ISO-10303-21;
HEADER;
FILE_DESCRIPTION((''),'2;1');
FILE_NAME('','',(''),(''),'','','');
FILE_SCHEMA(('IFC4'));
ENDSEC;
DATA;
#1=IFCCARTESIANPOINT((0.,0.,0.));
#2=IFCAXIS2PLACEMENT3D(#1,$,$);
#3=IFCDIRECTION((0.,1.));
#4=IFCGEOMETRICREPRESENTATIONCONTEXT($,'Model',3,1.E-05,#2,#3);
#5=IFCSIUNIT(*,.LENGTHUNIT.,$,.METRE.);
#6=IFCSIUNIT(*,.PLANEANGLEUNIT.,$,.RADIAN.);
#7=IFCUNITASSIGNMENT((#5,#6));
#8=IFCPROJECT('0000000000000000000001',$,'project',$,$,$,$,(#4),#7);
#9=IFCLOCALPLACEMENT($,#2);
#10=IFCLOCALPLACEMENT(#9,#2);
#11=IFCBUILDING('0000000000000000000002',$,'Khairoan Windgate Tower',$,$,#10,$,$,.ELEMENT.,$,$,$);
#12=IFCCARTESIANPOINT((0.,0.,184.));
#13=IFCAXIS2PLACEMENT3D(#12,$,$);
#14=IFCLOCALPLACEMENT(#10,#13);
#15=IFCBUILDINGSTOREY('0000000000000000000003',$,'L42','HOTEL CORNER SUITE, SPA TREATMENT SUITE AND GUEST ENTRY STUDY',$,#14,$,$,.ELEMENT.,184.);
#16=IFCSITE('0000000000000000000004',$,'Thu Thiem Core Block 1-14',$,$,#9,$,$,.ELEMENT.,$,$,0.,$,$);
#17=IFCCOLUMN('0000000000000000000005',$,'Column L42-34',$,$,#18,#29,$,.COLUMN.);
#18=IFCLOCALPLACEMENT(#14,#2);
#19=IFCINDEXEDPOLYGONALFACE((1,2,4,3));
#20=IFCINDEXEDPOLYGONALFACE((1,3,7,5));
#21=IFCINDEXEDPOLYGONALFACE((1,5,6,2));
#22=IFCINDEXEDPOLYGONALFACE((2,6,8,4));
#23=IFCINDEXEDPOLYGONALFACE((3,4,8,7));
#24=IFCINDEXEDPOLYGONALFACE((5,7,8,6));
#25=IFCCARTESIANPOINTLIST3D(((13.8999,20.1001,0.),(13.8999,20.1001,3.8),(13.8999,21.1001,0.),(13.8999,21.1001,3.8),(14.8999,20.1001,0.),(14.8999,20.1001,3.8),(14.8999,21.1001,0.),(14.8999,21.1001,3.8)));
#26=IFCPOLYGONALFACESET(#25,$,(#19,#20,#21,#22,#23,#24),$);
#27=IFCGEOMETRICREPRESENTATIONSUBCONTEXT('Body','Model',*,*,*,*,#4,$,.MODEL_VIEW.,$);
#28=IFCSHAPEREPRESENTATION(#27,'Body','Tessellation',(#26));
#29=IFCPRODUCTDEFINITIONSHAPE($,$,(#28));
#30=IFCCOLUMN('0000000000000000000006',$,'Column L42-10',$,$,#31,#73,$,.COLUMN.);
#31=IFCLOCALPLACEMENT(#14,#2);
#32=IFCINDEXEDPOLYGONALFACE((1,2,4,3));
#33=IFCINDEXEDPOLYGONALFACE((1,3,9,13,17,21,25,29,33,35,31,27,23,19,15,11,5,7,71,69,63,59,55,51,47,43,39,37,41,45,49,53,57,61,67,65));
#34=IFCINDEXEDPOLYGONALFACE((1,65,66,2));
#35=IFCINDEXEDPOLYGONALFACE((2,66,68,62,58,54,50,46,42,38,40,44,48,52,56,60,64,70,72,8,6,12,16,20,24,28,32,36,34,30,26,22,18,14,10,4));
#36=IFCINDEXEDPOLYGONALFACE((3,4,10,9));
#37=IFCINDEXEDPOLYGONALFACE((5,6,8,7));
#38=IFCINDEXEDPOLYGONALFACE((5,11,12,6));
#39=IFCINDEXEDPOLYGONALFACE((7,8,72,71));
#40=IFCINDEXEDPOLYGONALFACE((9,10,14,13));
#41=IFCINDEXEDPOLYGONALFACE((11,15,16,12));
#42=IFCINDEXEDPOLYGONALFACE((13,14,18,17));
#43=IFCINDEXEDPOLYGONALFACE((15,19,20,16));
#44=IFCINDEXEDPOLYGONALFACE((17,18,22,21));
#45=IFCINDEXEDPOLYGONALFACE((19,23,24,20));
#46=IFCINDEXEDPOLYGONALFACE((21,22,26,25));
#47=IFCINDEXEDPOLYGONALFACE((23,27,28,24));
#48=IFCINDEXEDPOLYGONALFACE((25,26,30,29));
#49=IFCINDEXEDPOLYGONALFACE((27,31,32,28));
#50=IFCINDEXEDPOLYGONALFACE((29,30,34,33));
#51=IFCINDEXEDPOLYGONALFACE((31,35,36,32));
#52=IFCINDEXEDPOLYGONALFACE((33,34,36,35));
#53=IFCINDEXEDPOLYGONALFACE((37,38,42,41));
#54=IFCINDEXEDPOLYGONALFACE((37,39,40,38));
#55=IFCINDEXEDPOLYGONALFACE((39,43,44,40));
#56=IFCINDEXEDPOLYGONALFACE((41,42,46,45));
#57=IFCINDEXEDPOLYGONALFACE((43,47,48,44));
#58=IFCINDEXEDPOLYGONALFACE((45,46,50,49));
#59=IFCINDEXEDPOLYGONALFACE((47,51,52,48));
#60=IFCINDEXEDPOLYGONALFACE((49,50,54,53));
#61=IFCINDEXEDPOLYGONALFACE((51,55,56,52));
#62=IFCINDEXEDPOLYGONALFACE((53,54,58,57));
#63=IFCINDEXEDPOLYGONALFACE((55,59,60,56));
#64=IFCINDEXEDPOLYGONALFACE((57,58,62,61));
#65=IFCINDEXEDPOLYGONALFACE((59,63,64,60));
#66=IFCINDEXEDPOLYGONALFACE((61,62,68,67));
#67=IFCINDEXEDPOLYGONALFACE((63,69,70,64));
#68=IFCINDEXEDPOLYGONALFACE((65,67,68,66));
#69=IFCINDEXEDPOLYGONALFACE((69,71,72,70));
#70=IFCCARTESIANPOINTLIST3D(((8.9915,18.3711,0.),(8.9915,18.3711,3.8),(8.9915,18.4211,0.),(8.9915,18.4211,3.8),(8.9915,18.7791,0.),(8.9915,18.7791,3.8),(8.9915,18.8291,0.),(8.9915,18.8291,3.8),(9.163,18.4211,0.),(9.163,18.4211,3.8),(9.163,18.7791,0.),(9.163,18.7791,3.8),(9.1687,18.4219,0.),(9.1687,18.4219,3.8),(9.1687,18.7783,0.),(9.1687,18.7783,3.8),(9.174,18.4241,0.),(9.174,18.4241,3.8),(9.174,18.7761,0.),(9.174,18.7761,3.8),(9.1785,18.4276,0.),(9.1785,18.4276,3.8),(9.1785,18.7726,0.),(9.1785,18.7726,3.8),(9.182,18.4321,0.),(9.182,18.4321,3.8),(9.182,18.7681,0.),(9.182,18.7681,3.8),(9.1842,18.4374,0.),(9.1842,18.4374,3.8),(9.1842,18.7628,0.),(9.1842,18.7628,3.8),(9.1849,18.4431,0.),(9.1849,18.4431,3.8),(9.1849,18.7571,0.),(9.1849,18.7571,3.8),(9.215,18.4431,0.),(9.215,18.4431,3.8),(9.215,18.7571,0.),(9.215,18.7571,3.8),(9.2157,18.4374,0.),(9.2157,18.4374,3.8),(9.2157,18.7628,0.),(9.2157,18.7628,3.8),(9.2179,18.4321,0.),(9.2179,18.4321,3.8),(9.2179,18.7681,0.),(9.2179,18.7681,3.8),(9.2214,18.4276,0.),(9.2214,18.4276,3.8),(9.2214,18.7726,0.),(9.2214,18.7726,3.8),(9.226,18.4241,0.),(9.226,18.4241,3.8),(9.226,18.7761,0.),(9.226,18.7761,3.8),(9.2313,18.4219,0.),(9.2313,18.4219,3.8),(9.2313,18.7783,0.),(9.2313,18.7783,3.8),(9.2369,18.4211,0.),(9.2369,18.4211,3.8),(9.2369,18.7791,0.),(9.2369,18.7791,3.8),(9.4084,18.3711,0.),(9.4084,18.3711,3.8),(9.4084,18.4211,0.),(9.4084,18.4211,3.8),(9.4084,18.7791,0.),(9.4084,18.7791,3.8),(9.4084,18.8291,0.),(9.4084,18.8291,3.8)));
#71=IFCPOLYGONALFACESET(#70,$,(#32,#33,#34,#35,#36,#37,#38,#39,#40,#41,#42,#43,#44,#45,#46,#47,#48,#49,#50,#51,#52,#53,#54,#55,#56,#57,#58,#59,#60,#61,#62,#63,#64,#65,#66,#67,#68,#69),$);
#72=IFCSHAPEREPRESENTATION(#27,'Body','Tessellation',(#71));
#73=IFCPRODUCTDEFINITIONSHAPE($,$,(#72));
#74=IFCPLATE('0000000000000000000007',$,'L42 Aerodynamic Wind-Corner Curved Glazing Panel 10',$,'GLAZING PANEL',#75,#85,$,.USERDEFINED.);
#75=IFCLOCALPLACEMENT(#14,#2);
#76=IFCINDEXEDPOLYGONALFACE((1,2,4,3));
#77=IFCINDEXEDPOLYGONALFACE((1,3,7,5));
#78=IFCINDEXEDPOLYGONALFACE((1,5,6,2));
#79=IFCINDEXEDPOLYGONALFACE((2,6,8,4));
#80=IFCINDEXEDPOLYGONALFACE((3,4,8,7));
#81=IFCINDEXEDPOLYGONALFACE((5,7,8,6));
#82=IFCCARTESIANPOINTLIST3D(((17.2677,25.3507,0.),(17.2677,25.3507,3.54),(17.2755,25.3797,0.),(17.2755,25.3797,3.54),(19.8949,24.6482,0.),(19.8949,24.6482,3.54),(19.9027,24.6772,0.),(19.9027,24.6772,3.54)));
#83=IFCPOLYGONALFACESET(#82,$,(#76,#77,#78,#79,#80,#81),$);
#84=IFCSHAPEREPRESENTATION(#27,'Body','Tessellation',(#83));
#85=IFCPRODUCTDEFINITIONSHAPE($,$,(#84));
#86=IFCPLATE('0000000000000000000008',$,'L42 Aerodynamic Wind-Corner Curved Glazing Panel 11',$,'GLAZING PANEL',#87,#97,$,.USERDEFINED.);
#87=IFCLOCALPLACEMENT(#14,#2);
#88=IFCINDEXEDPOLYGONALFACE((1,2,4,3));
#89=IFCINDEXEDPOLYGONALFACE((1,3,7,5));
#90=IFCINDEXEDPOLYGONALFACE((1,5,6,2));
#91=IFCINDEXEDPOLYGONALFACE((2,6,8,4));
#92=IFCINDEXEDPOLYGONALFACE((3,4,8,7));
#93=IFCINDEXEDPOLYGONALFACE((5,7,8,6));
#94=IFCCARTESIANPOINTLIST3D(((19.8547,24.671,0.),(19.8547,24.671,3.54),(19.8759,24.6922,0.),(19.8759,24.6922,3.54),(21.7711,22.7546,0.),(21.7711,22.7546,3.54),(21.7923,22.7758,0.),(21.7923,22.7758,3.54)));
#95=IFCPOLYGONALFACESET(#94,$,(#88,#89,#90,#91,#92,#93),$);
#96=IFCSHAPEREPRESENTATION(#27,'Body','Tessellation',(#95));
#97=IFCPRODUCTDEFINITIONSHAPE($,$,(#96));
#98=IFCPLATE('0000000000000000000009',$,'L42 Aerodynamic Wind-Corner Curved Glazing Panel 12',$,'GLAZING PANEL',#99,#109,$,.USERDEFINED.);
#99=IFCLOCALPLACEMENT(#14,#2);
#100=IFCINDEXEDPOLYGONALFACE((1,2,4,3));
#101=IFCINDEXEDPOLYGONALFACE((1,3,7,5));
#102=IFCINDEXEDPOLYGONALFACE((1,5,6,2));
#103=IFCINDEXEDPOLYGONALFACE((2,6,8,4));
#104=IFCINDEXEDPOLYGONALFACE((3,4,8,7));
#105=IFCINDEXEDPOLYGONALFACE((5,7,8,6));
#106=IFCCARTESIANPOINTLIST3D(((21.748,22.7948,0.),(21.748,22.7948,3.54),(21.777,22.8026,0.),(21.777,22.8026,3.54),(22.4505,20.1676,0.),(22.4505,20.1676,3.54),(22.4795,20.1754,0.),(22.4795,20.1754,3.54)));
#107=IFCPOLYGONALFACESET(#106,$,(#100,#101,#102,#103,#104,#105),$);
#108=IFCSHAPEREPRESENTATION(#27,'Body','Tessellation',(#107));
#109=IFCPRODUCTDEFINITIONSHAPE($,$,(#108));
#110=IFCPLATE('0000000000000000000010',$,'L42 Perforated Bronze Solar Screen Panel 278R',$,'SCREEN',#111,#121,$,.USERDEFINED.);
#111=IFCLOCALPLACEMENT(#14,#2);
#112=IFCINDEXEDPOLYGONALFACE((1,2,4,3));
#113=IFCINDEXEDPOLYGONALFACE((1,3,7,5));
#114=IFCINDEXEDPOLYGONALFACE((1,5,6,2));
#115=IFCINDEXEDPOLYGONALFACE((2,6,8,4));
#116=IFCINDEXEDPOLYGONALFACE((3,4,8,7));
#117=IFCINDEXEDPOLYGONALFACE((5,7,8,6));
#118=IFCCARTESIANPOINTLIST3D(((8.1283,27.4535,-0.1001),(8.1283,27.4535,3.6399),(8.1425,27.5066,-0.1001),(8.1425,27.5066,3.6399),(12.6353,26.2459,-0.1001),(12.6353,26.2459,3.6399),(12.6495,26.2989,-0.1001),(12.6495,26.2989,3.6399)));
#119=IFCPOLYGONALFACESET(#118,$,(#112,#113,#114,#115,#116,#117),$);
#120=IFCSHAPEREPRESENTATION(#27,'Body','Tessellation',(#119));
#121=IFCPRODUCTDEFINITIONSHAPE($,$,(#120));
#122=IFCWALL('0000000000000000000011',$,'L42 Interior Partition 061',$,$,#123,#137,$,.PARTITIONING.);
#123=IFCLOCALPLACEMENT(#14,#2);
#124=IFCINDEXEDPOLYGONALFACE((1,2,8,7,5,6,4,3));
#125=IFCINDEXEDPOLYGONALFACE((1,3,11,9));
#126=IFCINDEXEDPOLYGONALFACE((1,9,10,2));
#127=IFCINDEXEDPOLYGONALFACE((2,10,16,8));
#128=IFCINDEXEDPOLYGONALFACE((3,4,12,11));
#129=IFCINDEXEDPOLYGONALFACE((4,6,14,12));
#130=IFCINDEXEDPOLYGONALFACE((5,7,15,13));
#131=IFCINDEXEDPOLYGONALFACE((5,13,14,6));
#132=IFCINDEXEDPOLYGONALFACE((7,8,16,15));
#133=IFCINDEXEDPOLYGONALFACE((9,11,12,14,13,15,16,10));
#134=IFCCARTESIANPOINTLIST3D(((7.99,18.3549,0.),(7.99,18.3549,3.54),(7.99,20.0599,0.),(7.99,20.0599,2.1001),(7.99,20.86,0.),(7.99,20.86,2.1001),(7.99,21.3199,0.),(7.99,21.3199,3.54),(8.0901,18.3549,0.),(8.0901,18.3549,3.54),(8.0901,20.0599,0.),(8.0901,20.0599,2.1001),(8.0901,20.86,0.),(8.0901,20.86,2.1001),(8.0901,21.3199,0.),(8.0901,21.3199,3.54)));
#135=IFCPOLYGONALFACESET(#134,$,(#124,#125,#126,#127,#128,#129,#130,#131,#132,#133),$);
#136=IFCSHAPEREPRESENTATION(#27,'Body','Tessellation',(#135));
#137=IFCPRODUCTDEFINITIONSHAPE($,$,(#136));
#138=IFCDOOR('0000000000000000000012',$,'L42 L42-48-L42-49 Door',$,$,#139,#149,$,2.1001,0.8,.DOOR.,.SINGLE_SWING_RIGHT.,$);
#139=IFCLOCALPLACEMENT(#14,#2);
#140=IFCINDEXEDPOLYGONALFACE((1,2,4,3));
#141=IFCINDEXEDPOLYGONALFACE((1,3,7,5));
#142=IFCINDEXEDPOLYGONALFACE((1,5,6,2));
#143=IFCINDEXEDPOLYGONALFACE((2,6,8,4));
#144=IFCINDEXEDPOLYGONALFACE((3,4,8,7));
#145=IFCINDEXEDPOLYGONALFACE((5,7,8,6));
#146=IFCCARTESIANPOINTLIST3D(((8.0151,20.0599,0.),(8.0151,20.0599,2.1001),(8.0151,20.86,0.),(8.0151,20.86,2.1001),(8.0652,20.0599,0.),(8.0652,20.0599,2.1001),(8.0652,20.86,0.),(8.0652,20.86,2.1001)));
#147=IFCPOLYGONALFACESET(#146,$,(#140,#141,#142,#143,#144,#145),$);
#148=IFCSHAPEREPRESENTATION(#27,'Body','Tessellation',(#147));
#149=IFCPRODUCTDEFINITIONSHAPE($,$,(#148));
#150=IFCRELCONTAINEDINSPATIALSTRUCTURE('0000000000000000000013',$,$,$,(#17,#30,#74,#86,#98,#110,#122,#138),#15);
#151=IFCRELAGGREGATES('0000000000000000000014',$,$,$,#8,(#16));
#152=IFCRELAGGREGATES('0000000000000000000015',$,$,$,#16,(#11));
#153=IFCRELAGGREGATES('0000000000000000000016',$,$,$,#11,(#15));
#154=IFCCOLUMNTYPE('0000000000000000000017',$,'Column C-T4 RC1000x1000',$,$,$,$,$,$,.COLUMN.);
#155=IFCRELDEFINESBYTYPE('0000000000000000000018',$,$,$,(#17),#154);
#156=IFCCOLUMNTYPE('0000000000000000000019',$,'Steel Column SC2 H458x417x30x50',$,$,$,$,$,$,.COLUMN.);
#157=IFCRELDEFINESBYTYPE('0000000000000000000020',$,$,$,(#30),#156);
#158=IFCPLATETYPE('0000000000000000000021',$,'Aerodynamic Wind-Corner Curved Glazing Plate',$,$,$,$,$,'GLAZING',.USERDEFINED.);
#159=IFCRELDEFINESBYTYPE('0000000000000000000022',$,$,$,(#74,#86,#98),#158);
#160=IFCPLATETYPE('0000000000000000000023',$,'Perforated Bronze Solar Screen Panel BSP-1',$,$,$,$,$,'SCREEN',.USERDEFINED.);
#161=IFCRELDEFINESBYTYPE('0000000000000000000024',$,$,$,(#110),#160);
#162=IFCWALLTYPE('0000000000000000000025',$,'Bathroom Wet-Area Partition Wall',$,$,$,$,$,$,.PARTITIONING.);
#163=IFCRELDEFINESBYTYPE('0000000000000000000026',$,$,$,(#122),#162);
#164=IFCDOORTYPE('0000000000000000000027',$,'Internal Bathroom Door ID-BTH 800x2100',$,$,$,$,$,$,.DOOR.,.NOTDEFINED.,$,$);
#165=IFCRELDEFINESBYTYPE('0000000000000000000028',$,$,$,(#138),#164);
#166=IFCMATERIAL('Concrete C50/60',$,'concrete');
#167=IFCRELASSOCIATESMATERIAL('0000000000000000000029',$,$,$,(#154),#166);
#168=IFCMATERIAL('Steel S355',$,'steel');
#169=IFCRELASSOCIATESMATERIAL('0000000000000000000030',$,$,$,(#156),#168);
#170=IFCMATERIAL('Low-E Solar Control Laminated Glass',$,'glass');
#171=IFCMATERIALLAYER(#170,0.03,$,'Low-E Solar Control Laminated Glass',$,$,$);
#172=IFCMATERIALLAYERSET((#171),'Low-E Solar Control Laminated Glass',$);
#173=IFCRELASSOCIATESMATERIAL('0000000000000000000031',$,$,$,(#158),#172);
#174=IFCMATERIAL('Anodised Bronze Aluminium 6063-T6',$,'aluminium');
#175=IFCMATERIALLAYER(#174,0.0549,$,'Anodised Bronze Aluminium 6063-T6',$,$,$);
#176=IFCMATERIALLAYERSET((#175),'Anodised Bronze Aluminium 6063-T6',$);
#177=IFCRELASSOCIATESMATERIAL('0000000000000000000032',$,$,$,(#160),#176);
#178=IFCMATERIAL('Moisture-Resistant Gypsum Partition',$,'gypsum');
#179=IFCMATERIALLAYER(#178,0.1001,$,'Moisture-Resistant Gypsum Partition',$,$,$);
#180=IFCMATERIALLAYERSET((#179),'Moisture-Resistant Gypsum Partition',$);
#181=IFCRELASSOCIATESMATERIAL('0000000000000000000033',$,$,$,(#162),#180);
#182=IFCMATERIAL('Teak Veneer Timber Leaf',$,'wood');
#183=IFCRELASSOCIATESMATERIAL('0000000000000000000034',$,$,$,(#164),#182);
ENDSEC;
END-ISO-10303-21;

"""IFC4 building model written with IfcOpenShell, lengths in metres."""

from ifc_helpers import new_model, si_unit, direction, frame, frame_2d, origin, origin_2d, place, context, subcontext, project, spatial, rectangle, i_section, extrude, material, layer, layer_set, material_profile, profile_set, type_object, element, fill, save


model = new_model("IFC4")

# Units and contexts
model_context = context("Model", 3, precision=1e-05, world=origin(), true_north=direction((0.0, 1.0)))
body_context = subcontext(model_context, "Body", "Model", "MODEL_VIEW")
ifc_project = project(units=[si_unit("LENGTHUNIT", "METRE"), si_unit("PLANEANGLEUNIT", "RADIAN")], contexts=[model_context])

# Site, building, storey
site_placement = place(None, origin())
site = spatial("IfcSite", under=ifc_project, at=site_placement, Name="Thu Thiem Core Block 1-14", CompositionType="ELEMENT", RefElevation=0.0)
building_placement = place(site_placement, origin())
building = spatial("IfcBuilding", under=site, at=building_placement, Name="Khairoan Windgate Tower", CompositionType="ELEMENT")
storey_placement = place(building_placement, frame((0.0, 0.0, 184.0)))
storey = spatial("IfcBuildingStorey", under=building, at=storey_placement, Name="L42", Description="HOTEL CORNER SUITE, SPA TREATMENT SUITE AND GUEST ENTRY STUDY", CompositionType="ELEMENT", Elevation=184.0)

# Columns
ifc_material_1 = material(Name="Concrete C50/60", Category="concrete")
ifc_material_profile_1 = material_profile(ifc_material_1, rectangle(XDim=1.0, YDim=1.0, at=origin_2d()))
ifc_profile_set_1 = profile_set([ifc_material_profile_1], Name="Concrete C50/60")
column_type_1 = type_object("IfcColumnType", Name="Column C-T4 RC1000x1000", PredefinedType="COLUMN", material=ifc_profile_set_1)
column_1_placement = place(storey_placement, frame((14.3999, 20.6001, 0.0), z_axis=(0.0, 0.0, 1.0), x_axis=(1.0, 0.0, 0.0)))
element("IfcColumn", 1, at=column_1_placement, inside=storey, type_object=column_type_1, Name="Column L42-34", PredefinedType="COLUMN", context=body_context, shape_type="SweptSolid", body=[
    extrude(rectangle(XDim=1.0, YDim=1.0, at=origin_2d()), origin(), (0.0, 0.0, 1.0), 3.8),
])
ifc_material_2 = material(Name="Steel S355", Category="steel")
ifc_material_profile_2 = material_profile(ifc_material_2, i_section(OverallWidth=0.417, OverallDepth=0.458, WebThickness=0.03, FlangeThickness=0.05, FilletRadius=0.022, at=origin_2d()))
ifc_profile_set_2 = profile_set([ifc_material_profile_2], Name="Steel S355")
column_type_2 = type_object("IfcColumnType", Name="Steel Column SC2 H458x417x30x50", PredefinedType="COLUMN", material=ifc_profile_set_2)
column_2_placement = place(storey_placement, frame((9.2, 18.6001, 0.0), z_axis=(0.0, 0.0, 1.0), x_axis=(1.0, 0.0, 0.0)))
element("IfcColumn", 2, at=column_2_placement, inside=storey, type_object=column_type_2, Name="Column L42-10", PredefinedType="COLUMN", context=body_context, shape_type="SweptSolid", body=[
    extrude(i_section(OverallWidth=0.417, OverallDepth=0.458, WebThickness=0.03, FlangeThickness=0.05, FilletRadius=0.022, at=origin_2d()), origin(), (0.0, 0.0, 1.0), 3.8),
])

# Plates
ifc_material_3 = material(Name="Low-E Solar Control Laminated Glass", Category="glass")
ifc_layer_1 = layer(ifc_material_3, 0.03, Name="Low-E Solar Control Laminated Glass")
ifc_layer_set_1 = layer_set([ifc_layer_1], Name="Low-E Solar Control Laminated Glass")
plate_type_1 = type_object("IfcPlateType", Name="Aerodynamic Wind-Corner Curved Glazing Plate", ElementType="GLAZING", PredefinedType="USERDEFINED", material=ifc_layer_set_1)
plate_1_placement = place(storey_placement, frame((18.5852, 25.0139, 0.0), z_axis=(0.0, 0.0, 1.0), x_axis=(0.966061, -0.258313, 0.0)))
element("IfcPlate", 3, at=plate_1_placement, inside=storey, type_object=plate_type_1, Name="L42 Aerodynamic Wind-Corner Curved Glazing Panel 10", ObjectType="GLAZING PANEL", PredefinedType="USERDEFINED", context=body_context, shape_type="SweptSolid", body=[
    extrude(rectangle(XDim=2.7195, YDim=0.03, at=origin_2d()), origin(), (0.0, 0.0, 1.0), 3.54),
])
plate_2_placement = place(storey_placement, frame((20.8235, 23.7234, 0.0), z_axis=(0.0, 0.0, 1.0), x_axis=(0.707107, -0.707107, 0.0)))
element("IfcPlate", 4, at=plate_2_placement, inside=storey, type_object=plate_type_1, Name="L42 Aerodynamic Wind-Corner Curved Glazing Panel 11", ObjectType="GLAZING PANEL", PredefinedType="USERDEFINED", context=body_context, shape_type="SweptSolid", body=[
    extrude(rectangle(XDim=2.7102, YDim=0.03, at=origin_2d()), origin(), (0.0, 0.0, 1.0), 3.54),
])
plate_3_placement = place(storey_placement, frame((22.1138, 21.4851, 0.0), z_axis=(0.0, 0.0, 1.0), x_axis=(0.258313, -0.966061, 0.0)))
element("IfcPlate", 5, at=plate_3_placement, inside=storey, type_object=plate_type_1, Name="L42 Aerodynamic Wind-Corner Curved Glazing Panel 12", ObjectType="GLAZING PANEL", PredefinedType="USERDEFINED", context=body_context, shape_type="SweptSolid", body=[
    extrude(rectangle(XDim=2.7195, YDim=0.03, at=origin_2d()), origin(), (0.0, 0.0, 1.0), 3.54),
])

# Plate
ifc_material_4 = material(Name="Anodised Bronze Aluminium 6063-T6", Category="aluminium")
ifc_layer_2 = layer(ifc_material_4, 0.0549, Name="Anodised Bronze Aluminium 6063-T6")
ifc_layer_set_2 = layer_set([ifc_layer_2], Name="Anodised Bronze Aluminium 6063-T6")
plate_type_2 = type_object("IfcPlateType", Name="Perforated Bronze Solar Screen Panel BSP-1", ElementType="SCREEN", PredefinedType="USERDEFINED", material=ifc_layer_set_2)
plate_4_placement = place(storey_placement, frame((10.3889, 26.8762, -0.1001), z_axis=(0.0, 0.0, 1.0), x_axis=(0.965926, -0.258819, 0.0)))
element("IfcPlate", 6, at=plate_4_placement, inside=storey, type_object=plate_type_2, Name="L42 Perforated Bronze Solar Screen Panel 278R", ObjectType="SCREEN", PredefinedType="USERDEFINED", context=body_context, shape_type="SweptSolid", body=[
    extrude(rectangle(XDim=4.666, YDim=0.0549, at=origin_2d()), origin(), (0.0, 0.0, 1.0), 3.74),
])

# Wall, opening, door
ifc_material_5 = material(Name="Moisture-Resistant Gypsum Partition", Category="gypsum")
ifc_layer_3 = layer(ifc_material_5, 0.1001, Name="Moisture-Resistant Gypsum Partition")
ifc_layer_set_3 = layer_set([ifc_layer_3], Name="Moisture-Resistant Gypsum Partition")
wall_type_1 = type_object("IfcWallType", Name="Bathroom Wet-Area Partition Wall", PredefinedType="PARTITIONING", material=ifc_layer_set_3)
wall_1_placement = place(storey_placement, frame((8.04, 18.355, 0.0), z_axis=(0.0, 0.0, 1.0), x_axis=(0.0, 1.0, 0.0)))
wall_1 = element("IfcWall", 7, at=wall_1_placement, inside=storey, type_object=wall_type_1, Name="L42 Interior Partition 061", PredefinedType="PARTITIONING", context=body_context, shape_type="SweptSolid", body=[
    extrude(rectangle(XDim=2.9651, YDim=0.1001, at=frame_2d((1.4824, 0.0))), origin(), (0.0, 0.0, 1.0), 3.54),
])
opening_1_placement = place(wall_1_placement, frame((1.7051, 0.0, 0.0)))
opening_1 = element("IfcOpeningElement", 8, at=opening_1_placement, cuts=wall_1, PredefinedType="OPENING", context=body_context, shape_type="SweptSolid", body=[
    extrude(rectangle(XDim=0.8, YDim=2.1001, at=frame_2d((0.3999, 1.05))), frame((0.0, 0.0601, 0.0), z_axis=(0.0, -1.0, 0.0), x_axis=(1.0, 0.0, 0.0)), (0.0, 0.0, 1.0), 0.1201),
])
ifc_material_6 = material(Name="Teak Veneer Timber Leaf", Category="wood")
door_type_1 = type_object("IfcDoorType", Name="Internal Bathroom Door ID-BTH 800x2100", OperationType="NOTDEFINED", PredefinedType="DOOR", material=ifc_material_6)
door_1_placement = place(opening_1_placement, origin())
door_1 = element("IfcDoor", 9, at=door_1_placement, inside=storey, type_object=door_type_1, Name="L42 L42-48-L42-49 Door", OperationType="SINGLE_SWING_RIGHT", OverallHeight=2.1001, OverallWidth=0.8, PredefinedType="DOOR", context=body_context, shape_type="SweptSolid", body=[
    extrude(rectangle(XDim=0.8, YDim=2.1001, at=frame_2d((0.3999, 1.05))), frame((0.0, 0.0249, 0.0), z_axis=(0.0, -1.0, 0.0), x_axis=(1.0, 0.0, 0.0)), (0.0, 0.0, 1.0), 0.05),
])
fill(opening_1, door_1)

save(model, "model.ifc")
